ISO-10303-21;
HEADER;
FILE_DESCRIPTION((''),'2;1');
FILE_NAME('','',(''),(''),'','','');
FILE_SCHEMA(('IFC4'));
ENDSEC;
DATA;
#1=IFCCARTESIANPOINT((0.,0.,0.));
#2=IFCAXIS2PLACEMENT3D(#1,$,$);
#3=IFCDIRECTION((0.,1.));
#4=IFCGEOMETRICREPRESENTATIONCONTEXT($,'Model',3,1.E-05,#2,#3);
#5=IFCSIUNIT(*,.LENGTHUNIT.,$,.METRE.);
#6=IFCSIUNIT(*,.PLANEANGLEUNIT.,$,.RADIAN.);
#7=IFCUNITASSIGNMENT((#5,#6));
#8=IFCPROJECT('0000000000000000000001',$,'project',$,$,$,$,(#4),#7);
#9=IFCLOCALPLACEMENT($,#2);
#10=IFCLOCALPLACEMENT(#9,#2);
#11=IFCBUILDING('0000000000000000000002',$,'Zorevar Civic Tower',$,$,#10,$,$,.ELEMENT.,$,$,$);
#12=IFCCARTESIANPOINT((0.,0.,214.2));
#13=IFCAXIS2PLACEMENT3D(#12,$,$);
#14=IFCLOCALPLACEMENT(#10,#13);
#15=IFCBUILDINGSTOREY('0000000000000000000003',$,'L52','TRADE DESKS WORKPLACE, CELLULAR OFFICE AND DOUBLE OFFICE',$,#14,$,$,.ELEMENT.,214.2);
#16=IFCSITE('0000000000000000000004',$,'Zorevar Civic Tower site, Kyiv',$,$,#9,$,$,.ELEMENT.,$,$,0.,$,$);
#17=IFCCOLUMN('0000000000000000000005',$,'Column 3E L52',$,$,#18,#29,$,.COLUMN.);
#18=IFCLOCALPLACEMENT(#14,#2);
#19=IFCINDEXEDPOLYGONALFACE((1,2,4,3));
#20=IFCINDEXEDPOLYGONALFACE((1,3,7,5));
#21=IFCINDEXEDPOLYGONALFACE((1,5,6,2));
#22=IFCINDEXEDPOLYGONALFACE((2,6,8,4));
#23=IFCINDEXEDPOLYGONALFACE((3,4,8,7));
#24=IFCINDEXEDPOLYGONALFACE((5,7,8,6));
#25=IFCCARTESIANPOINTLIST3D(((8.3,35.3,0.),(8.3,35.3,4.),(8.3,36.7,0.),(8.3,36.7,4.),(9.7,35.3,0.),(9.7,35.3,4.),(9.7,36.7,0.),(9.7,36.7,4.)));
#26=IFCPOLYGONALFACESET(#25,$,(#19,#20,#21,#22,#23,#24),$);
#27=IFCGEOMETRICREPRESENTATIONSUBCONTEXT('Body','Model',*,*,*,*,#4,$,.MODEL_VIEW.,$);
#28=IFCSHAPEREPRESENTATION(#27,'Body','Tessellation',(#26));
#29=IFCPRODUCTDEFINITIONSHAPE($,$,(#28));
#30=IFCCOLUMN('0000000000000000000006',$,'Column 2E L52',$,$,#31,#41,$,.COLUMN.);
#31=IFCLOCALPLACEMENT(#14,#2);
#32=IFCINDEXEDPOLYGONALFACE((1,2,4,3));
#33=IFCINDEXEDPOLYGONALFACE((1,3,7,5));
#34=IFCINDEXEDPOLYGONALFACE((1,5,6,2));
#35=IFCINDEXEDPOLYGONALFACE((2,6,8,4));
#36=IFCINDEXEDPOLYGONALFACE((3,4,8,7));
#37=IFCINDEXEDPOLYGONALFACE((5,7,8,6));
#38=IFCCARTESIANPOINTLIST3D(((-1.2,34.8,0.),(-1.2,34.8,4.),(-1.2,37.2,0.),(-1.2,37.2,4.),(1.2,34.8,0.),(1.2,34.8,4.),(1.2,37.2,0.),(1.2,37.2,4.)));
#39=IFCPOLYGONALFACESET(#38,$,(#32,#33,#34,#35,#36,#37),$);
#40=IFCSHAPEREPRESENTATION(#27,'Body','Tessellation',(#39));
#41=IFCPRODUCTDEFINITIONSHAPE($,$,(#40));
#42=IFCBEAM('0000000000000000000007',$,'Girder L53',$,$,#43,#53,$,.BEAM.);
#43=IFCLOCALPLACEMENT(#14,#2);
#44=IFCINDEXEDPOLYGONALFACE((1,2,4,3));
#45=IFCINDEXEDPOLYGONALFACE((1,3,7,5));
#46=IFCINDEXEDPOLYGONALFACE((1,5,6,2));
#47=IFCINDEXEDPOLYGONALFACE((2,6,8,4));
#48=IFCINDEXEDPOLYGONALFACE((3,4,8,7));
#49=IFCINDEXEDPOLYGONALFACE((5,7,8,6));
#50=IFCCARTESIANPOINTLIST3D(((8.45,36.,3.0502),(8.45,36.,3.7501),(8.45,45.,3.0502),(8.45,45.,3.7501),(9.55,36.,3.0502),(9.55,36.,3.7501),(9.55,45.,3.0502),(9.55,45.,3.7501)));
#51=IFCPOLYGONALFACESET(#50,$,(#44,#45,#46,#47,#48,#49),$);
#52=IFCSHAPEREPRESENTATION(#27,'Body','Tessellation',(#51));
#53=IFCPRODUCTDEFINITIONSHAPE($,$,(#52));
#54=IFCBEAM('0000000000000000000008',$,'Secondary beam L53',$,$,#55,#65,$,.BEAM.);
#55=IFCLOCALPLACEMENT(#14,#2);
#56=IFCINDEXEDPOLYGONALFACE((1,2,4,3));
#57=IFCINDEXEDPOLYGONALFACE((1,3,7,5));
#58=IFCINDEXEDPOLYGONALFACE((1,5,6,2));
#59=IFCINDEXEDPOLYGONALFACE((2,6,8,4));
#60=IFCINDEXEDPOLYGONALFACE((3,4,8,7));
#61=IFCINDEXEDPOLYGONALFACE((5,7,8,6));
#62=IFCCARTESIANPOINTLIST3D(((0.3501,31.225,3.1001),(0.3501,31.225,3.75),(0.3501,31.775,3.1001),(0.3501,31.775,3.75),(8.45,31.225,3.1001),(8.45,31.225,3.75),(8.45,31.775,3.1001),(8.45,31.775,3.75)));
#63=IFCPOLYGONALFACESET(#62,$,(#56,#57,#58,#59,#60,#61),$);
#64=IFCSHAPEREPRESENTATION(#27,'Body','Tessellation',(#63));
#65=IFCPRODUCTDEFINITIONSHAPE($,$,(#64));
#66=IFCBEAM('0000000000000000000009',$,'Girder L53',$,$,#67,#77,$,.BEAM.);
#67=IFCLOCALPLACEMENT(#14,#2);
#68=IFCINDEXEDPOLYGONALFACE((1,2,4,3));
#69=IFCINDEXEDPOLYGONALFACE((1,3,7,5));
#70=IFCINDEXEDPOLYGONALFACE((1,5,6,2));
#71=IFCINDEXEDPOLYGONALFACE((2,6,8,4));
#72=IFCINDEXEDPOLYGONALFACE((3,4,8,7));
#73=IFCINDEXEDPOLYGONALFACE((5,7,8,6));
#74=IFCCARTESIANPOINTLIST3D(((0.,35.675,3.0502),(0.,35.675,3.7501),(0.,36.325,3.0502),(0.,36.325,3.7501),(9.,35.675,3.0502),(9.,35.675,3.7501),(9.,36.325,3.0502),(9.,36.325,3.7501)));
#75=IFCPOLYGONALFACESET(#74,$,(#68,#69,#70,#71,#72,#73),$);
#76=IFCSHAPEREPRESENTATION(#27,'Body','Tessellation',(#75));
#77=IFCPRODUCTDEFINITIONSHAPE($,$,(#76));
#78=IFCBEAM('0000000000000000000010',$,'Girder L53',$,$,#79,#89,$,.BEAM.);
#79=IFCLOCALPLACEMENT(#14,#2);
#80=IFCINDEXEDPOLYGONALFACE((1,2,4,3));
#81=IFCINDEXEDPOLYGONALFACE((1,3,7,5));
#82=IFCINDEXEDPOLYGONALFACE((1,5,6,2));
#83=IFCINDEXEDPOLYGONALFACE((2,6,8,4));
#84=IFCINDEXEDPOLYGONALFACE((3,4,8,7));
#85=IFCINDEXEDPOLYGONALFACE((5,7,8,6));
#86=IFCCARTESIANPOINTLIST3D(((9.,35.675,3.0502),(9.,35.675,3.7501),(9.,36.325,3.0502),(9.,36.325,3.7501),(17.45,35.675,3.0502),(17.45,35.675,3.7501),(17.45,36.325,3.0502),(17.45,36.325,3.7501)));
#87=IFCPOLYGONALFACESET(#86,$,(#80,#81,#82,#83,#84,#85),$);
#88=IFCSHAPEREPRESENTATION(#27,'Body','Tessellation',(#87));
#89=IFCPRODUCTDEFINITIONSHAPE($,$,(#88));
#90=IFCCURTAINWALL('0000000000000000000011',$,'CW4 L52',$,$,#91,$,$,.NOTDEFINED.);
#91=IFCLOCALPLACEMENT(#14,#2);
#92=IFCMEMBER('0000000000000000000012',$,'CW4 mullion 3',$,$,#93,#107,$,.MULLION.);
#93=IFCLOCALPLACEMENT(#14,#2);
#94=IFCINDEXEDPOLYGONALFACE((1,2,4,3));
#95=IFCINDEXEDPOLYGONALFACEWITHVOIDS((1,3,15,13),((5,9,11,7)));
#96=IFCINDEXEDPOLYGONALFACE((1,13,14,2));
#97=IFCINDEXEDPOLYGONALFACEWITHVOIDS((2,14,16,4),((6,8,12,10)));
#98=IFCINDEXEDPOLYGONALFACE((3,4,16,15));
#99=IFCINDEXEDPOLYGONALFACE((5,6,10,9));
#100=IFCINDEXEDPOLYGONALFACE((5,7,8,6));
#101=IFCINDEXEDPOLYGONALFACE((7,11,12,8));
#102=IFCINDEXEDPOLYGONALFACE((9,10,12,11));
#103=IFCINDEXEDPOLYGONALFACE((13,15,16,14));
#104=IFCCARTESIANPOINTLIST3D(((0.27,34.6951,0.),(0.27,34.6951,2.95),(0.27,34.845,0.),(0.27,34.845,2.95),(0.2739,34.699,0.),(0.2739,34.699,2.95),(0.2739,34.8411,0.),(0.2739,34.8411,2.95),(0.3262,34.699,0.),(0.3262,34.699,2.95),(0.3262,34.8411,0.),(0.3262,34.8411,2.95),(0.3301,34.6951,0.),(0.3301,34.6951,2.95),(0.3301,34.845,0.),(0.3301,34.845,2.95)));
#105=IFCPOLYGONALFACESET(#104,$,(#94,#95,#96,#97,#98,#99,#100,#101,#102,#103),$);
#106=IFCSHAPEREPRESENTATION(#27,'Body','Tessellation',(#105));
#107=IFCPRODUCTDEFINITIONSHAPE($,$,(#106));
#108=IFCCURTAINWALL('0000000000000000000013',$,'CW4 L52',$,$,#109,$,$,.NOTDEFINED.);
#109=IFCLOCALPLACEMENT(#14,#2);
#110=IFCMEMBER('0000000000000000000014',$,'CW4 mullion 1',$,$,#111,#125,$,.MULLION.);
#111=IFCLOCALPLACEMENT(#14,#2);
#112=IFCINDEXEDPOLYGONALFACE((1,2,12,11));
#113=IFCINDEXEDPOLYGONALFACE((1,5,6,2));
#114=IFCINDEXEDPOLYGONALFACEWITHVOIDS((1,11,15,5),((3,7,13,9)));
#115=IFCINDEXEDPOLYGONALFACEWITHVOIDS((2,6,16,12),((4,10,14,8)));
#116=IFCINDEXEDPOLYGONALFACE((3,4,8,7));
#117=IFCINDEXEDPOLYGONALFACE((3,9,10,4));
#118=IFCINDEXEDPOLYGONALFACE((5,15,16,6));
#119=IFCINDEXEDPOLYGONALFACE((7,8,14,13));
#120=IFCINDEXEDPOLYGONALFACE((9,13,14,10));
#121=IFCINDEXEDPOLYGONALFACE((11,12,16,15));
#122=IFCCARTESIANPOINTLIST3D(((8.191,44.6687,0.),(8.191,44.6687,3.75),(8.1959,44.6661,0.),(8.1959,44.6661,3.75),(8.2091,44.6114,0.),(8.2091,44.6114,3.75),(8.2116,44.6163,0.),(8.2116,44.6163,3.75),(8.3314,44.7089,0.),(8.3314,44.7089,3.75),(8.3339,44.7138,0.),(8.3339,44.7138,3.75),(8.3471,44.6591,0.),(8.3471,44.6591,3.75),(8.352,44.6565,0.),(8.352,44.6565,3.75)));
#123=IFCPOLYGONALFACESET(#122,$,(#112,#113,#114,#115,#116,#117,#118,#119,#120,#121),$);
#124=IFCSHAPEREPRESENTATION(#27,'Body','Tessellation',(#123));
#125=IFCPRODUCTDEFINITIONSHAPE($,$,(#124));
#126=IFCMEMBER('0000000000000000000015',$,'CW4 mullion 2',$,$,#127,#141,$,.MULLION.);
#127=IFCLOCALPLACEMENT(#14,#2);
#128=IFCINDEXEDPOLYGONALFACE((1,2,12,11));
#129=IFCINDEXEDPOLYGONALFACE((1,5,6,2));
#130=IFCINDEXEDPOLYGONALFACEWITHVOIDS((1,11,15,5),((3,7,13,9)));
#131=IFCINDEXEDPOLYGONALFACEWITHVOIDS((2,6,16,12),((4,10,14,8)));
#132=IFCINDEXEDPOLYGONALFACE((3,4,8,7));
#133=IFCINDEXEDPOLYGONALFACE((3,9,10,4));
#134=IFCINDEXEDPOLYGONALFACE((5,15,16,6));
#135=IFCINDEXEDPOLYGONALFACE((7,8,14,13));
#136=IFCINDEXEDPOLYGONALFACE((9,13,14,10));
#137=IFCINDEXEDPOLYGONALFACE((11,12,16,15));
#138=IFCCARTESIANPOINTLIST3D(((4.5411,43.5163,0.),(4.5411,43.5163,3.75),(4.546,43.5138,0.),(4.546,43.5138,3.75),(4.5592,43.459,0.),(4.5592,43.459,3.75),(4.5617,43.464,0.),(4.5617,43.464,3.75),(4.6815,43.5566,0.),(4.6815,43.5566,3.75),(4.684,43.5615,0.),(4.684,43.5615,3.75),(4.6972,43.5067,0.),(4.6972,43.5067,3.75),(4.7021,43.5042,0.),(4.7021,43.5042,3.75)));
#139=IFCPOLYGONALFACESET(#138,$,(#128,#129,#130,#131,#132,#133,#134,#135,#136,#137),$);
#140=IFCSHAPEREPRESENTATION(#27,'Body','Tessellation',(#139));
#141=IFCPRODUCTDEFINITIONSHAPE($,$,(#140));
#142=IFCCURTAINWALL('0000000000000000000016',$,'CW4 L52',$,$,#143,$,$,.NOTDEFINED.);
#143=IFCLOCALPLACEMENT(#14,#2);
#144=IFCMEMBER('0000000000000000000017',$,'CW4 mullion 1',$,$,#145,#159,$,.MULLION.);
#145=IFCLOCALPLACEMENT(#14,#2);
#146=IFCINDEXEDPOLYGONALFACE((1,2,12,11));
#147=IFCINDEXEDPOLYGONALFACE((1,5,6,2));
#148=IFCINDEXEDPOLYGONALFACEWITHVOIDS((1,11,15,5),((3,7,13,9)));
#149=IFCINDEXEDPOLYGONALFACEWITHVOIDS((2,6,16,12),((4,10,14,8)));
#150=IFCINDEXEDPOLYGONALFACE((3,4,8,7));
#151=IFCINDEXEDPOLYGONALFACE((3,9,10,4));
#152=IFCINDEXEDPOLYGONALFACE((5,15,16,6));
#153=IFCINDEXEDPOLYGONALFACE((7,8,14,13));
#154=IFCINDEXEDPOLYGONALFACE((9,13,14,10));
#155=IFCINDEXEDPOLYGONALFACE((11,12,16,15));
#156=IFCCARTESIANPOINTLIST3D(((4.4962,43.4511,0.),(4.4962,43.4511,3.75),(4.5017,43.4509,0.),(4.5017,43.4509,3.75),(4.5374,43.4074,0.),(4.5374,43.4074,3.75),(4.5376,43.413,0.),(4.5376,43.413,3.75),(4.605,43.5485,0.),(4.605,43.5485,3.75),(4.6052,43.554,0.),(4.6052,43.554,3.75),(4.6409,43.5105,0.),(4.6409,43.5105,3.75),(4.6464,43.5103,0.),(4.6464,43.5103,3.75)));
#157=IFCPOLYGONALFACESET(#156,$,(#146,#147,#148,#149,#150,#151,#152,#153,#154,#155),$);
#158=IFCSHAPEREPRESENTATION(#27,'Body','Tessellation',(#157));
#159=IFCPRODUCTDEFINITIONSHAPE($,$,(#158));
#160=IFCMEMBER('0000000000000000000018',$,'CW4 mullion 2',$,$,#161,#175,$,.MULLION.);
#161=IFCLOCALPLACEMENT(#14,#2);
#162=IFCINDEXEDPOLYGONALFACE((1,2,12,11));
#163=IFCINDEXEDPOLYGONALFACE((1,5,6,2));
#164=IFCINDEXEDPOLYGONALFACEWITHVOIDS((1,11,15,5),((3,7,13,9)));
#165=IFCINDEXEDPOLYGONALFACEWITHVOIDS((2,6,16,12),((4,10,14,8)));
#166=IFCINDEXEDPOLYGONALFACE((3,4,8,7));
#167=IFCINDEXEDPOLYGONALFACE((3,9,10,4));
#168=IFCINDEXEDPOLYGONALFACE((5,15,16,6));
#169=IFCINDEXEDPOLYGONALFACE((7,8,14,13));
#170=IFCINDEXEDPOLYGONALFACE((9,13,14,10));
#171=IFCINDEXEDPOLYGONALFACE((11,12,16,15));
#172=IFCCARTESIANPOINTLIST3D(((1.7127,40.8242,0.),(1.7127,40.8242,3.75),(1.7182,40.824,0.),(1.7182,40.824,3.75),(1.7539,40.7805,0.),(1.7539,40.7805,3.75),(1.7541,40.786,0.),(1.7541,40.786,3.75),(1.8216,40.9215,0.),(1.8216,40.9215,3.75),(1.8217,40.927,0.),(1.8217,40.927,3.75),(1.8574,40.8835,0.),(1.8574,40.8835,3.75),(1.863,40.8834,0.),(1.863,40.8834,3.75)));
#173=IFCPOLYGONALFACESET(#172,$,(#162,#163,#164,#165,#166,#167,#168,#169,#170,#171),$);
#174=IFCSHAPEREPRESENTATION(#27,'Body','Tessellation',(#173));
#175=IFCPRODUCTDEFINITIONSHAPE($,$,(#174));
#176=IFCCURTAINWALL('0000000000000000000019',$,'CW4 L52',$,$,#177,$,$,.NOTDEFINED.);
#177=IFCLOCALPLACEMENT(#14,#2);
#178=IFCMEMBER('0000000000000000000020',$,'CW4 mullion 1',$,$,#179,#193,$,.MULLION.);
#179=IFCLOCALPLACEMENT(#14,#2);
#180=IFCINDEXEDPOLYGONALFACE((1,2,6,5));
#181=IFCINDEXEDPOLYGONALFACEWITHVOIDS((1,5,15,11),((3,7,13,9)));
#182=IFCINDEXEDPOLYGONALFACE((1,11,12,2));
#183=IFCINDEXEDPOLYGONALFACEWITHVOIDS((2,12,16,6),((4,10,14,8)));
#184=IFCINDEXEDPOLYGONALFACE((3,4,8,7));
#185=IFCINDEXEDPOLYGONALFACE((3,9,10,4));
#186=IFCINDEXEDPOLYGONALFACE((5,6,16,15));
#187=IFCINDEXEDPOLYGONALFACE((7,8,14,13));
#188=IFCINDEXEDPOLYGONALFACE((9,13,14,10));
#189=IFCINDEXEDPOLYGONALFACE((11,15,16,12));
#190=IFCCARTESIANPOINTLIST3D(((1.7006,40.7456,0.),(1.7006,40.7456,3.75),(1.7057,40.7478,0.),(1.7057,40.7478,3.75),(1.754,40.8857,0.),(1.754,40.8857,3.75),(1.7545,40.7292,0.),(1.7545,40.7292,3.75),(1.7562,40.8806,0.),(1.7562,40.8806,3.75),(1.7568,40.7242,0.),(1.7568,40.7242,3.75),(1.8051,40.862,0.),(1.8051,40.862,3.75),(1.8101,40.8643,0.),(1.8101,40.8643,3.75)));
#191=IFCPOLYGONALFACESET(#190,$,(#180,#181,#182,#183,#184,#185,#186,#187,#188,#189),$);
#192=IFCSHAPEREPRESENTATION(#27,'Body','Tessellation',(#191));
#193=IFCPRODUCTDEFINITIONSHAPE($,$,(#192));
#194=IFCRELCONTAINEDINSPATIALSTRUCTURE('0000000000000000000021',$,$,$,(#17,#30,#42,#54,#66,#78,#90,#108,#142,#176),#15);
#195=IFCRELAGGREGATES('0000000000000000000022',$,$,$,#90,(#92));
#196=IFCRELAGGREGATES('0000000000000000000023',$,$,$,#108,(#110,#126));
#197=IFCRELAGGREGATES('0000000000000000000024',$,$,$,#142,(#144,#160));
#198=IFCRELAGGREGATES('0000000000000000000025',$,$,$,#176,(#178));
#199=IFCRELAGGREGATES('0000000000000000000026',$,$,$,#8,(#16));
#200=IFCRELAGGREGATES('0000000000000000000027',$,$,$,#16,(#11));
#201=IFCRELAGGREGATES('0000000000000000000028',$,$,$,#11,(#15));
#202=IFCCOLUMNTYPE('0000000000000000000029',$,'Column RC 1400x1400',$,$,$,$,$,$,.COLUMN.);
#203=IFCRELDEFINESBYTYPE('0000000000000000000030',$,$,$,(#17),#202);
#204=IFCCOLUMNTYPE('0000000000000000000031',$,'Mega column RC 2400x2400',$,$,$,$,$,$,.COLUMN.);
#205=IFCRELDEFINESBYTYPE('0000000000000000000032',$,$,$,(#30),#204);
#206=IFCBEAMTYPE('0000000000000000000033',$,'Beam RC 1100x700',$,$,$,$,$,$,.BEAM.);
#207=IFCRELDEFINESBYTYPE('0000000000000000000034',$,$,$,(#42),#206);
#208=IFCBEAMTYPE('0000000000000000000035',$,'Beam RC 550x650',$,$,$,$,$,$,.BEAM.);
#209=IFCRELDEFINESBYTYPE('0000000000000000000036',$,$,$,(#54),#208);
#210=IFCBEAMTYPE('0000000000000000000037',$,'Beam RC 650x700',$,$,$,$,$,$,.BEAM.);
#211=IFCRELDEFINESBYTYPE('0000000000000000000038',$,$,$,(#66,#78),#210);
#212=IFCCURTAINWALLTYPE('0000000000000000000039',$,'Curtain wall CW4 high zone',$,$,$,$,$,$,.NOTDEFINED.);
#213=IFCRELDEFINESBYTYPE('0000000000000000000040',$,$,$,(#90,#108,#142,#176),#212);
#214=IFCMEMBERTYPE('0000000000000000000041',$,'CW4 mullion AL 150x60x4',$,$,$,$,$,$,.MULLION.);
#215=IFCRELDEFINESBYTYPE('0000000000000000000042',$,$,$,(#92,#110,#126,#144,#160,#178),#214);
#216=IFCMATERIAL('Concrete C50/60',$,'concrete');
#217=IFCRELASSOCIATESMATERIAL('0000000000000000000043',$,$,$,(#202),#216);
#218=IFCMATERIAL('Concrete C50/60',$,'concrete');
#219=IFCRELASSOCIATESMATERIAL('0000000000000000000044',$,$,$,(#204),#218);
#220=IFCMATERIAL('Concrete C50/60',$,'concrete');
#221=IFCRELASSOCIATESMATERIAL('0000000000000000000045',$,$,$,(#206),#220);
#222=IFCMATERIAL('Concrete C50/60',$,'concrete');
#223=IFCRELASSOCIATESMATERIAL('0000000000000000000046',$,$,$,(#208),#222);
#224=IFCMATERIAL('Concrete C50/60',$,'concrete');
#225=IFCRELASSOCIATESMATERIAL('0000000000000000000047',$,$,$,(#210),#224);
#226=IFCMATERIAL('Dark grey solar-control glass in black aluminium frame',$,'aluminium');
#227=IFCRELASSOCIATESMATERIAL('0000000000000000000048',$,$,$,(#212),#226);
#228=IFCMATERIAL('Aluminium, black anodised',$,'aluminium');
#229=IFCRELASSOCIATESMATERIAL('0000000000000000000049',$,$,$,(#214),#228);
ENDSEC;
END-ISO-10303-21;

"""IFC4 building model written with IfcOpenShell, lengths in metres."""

from ifc_helpers import new_model, si_unit, direction, frame, origin, origin_2d, place, context, subcontext, project, spatial, rectangle, hollow_rectangle, extrude, material, material_profile, profile_set, type_object, element, aggregate, save


model = new_model("IFC4")

# Units and contexts
model_context = context("Model", 3, precision=1e-05, world=origin(), true_north=direction((0.0, 1.0)))
body_context = subcontext(model_context, "Body", "Model", "MODEL_VIEW")
ifc_project = project(units=[si_unit("LENGTHUNIT", "METRE"), si_unit("PLANEANGLEUNIT", "RADIAN")], contexts=[model_context])

# Site, building, storey
site_placement = place(None, origin())
site = spatial("IfcSite", under=ifc_project, at=site_placement, Name="Zorevar Civic Tower site, Kyiv", CompositionType="ELEMENT", RefElevation=0.0)
building_placement = place(site_placement, origin())
building = spatial("IfcBuilding", under=site, at=building_placement, Name="Zorevar Civic Tower", CompositionType="ELEMENT")
storey_placement = place(building_placement, frame((0.0, 0.0, 214.2)))
storey = spatial("IfcBuildingStorey", under=building, at=storey_placement, Name="L52", Description="TRADE DESKS WORKPLACE, CELLULAR OFFICE AND DOUBLE OFFICE", CompositionType="ELEMENT", Elevation=214.2)

# Columns
ifc_material_1 = material(Name="Concrete C50/60", Category="concrete")
ifc_material_profile_1 = material_profile(ifc_material_1, rectangle(XDim=1.3999, YDim=1.3999, at=origin_2d()), Name="RC 1400x1400")
ifc_profile_set_1 = profile_set([ifc_material_profile_1], Name="Concrete C50/60")
column_type_1 = type_object("IfcColumnType", Name="Column RC 1400x1400", PredefinedType="COLUMN", material=ifc_profile_set_1)
column_1_placement = place(storey_placement, frame((9.0, 36.0, 0.0), z_axis=(0.0, 0.0, 1.0), x_axis=(1.0, 0.0, 0.0)))
element("IfcColumn", 1, at=column_1_placement, inside=storey, type_object=column_type_1, Name="Column 3E L52", PredefinedType="COLUMN", context=body_context, shape_type="SweptSolid", body=[
    extrude(rectangle(XDim=1.3999, YDim=1.3999, at=origin_2d()), origin(), (0.0, 0.0, 1.0), 4.0),
])
ifc_material_2 = material(Name="Concrete C50/60", Category="concrete")
ifc_material_profile_2 = material_profile(ifc_material_2, rectangle(XDim=2.3999, YDim=2.3999, at=origin_2d()), Name="RC 2400x2400")
ifc_profile_set_2 = profile_set([ifc_material_profile_2], Name="Concrete C50/60")
column_type_2 = type_object("IfcColumnType", Name="Mega column RC 2400x2400", PredefinedType="COLUMN", material=ifc_profile_set_2)
column_2_placement = place(storey_placement, frame((0.0, 36.0, 0.0), z_axis=(0.0, 0.0, 1.0), x_axis=(1.0, 0.0, 0.0)))
element("IfcColumn", 2, at=column_2_placement, inside=storey, type_object=column_type_2, Name="Column 2E L52", PredefinedType="COLUMN", context=body_context, shape_type="SweptSolid", body=[
    extrude(rectangle(XDim=2.3999, YDim=2.3999, at=origin_2d()), origin(), (0.0, 0.0, 1.0), 4.0),
])

# Beams
ifc_material_3 = material(Name="Concrete C50/60", Category="concrete")
ifc_material_profile_3 = material_profile(ifc_material_3, rectangle(XDim=1.1001, YDim=0.7, at=origin_2d()), Name="RC 1100x700")
ifc_profile_set_3 = profile_set([ifc_material_profile_3], Name="Concrete C50/60")
beam_type_1 = type_object("IfcBeamType", Name="Beam RC 1100x700", PredefinedType="BEAM", material=ifc_profile_set_3)
beam_1_placement = place(storey_placement, frame((9.0, 36.0, 3.4001), z_axis=(0.0, 1.0, 0.0), x_axis=(-1.0, 0.0, 0.0)))
element("IfcBeam", 3, at=beam_1_placement, inside=storey, type_object=beam_type_1, Name="Girder L53", PredefinedType="BEAM", context=body_context, shape_type="SweptSolid", body=[
    extrude(rectangle(XDim=1.1001, YDim=0.7, at=origin_2d()), origin(), (0.0, 0.0, 1.0), 9.0),
])
ifc_material_4 = material(Name="Concrete C50/60", Category="concrete")
ifc_material_profile_4 = material_profile(ifc_material_4, rectangle(XDim=0.55, YDim=0.6499, at=origin_2d()), Name="RC 550x650")
ifc_profile_set_4 = profile_set([ifc_material_profile_4], Name="Concrete C50/60")
beam_type_2 = type_object("IfcBeamType", Name="Beam RC 550x650", PredefinedType="BEAM", material=ifc_profile_set_4)
beam_2_placement = place(storey_placement, frame((0.3501, 31.5, 3.425), z_axis=(1.0, 0.0, 0.0), x_axis=(0.0, 1.0, 0.0)))
element("IfcBeam", 4, at=beam_2_placement, inside=storey, type_object=beam_type_2, Name="Secondary beam L53", PredefinedType="BEAM", context=body_context, shape_type="SweptSolid", body=[
    extrude(rectangle(XDim=0.55, YDim=0.6499, at=origin_2d()), origin(), (0.0, 0.0, 1.0), 8.0999),
])
ifc_material_5 = material(Name="Concrete C50/60", Category="concrete")
ifc_material_profile_5 = material_profile(ifc_material_5, rectangle(XDim=0.6499, YDim=0.7, at=origin_2d()), Name="RC 650x700")
ifc_profile_set_5 = profile_set([ifc_material_profile_5], Name="Concrete C50/60")
beam_type_3 = type_object("IfcBeamType", Name="Beam RC 650x700", PredefinedType="BEAM", material=ifc_profile_set_5)
beam_3_placement = place(storey_placement, frame((0.0, 36.0, 3.4001), z_axis=(1.0, 0.0, 0.0), x_axis=(0.0, 1.0, 0.0)))
element("IfcBeam", 5, at=beam_3_placement, inside=storey, type_object=beam_type_3, Name="Girder L53", PredefinedType="BEAM", context=body_context, shape_type="SweptSolid", body=[
    extrude(rectangle(XDim=0.6499, YDim=0.7, at=origin_2d()), origin(), (0.0, 0.0, 1.0), 9.0),
])
beam_4_placement = place(storey_placement, frame((9.0, 36.0, 3.4001), z_axis=(1.0, 0.0, 0.0), x_axis=(0.0, 1.0, 0.0)))
element("IfcBeam", 6, at=beam_4_placement, inside=storey, type_object=beam_type_3, Name="Girder L53", PredefinedType="BEAM", context=body_context, shape_type="SweptSolid", body=[
    extrude(rectangle(XDim=0.6499, YDim=0.7, at=origin_2d()), origin(), (0.0, 0.0, 1.0), 8.45),
])

# Curtain wall, member
ifc_material_6 = material(Name="Dark grey solar-control glass in black aluminium frame", Category="aluminium")
curtain_wall_type = type_object("IfcCurtainWallType", Name="Curtain wall CW4 high zone", PredefinedType="NOTDEFINED", material=ifc_material_6)
curtain_wall_1_placement = place(storey_placement, origin())
curtain_wall_1 = element("IfcCurtainWall", 7, at=curtain_wall_1_placement, inside=storey, type_object=curtain_wall_type, Name="CW4 L52", PredefinedType="NOTDEFINED")
ifc_material_7 = material(Name="Aluminium, black anodised", Category="aluminium")
ifc_material_profile_6 = material_profile(ifc_material_7, hollow_rectangle(XDim=0.0601, YDim=0.1499, WallThickness=0.0039, at=origin_2d()), Name="AL 150x60x4")
ifc_profile_set_6 = profile_set([ifc_material_profile_6], Name="Aluminium, black anodised")
member_type_1 = type_object("IfcMemberType", Name="CW4 mullion AL 150x60x4", PredefinedType="MULLION", material=ifc_profile_set_6)
member_1_placement = place(storey_placement, frame((0.3, 34.77, 0.0), z_axis=(0.0, 0.0, 1.0), x_axis=(-1.0, 0.0, 0.0)))
member_1 = element("IfcMember", 8, at=member_1_placement, type_object=member_type_1, Name="CW4 mullion 3", PredefinedType="MULLION", context=body_context, shape_type="SweptSolid", body=[
    extrude(hollow_rectangle(XDim=0.0601, YDim=0.1499, WallThickness=0.0039, at=origin_2d()), origin(), (0.0, 0.0, 1.0), 2.95),
])

# Curtain walls, members
curtain_wall_2_placement = place(storey_placement, origin())
curtain_wall_2 = element("IfcCurtainWall", 9, at=curtain_wall_2_placement, inside=storey, type_object=curtain_wall_type, Name="CW4 L52", PredefinedType="NOTDEFINED")
member_2_placement = place(storey_placement, frame((8.2715, 44.6626, 0.0), z_axis=(0.0, 0.0, 1.0), x_axis=(0.301108, -0.95359, 0.0)))
member_2 = element("IfcMember", 10, at=member_2_placement, type_object=member_type_1, Name="CW4 mullion 1", PredefinedType="MULLION", context=body_context, shape_type="SweptSolid", body=[
    extrude(hollow_rectangle(XDim=0.0601, YDim=0.1499, WallThickness=0.0039, at=origin_2d()), origin(), (0.0, 0.0, 1.0), 3.75),
])
member_3_placement = place(storey_placement, frame((4.6216, 43.5103, 0.0), z_axis=(0.0, 0.0, 1.0), x_axis=(0.301108, -0.95359, 0.0)))
member_3 = element("IfcMember", 11, at=member_3_placement, type_object=member_type_1, Name="CW4 mullion 2", PredefinedType="MULLION", context=body_context, shape_type="SweptSolid", body=[
    extrude(hollow_rectangle(XDim=0.0601, YDim=0.1499, WallThickness=0.0039, at=origin_2d()), origin(), (0.0, 0.0, 1.0), 3.75),
])
curtain_wall_3_placement = place(storey_placement, origin())
curtain_wall_3 = element("IfcCurtainWall", 12, at=curtain_wall_3_placement, inside=storey, type_object=curtain_wall_type, Name="CW4 L52", PredefinedType="NOTDEFINED")
member_4_placement = place(storey_placement, frame((4.5713, 43.4807, 0.0), z_axis=(0.0, 0.0, 1.0), x_axis=(0.686378, -0.727245, 0.0)))
member_4 = element("IfcMember", 13, at=member_4_placement, type_object=member_type_1, Name="CW4 mullion 1", PredefinedType="MULLION", context=body_context, shape_type="SweptSolid", body=[
    extrude(hollow_rectangle(XDim=0.0601, YDim=0.1499, WallThickness=0.0039, at=origin_2d()), origin(), (0.0, 0.0, 1.0), 3.75),
])
member_5_placement = place(storey_placement, frame((1.7878, 40.8538, 0.0), z_axis=(0.0, 0.0, 1.0), x_axis=(0.686378, -0.727245, 0.0)))
member_5 = element("IfcMember", 14, at=member_5_placement, type_object=member_type_1, Name="CW4 mullion 2", PredefinedType="MULLION", context=body_context, shape_type="SweptSolid", body=[
    extrude(hollow_rectangle(XDim=0.0601, YDim=0.1499, WallThickness=0.0039, at=origin_2d()), origin(), (0.0, 0.0, 1.0), 3.75),
])
curtain_wall_4_placement = place(storey_placement, origin())
curtain_wall_4 = element("IfcCurtainWall", 15, at=curtain_wall_4_placement, inside=storey, type_object=curtain_wall_type, Name="CW4 L52", PredefinedType="NOTDEFINED")
member_6_placement = place(storey_placement, frame((1.7554, 40.8049, 0.0), z_axis=(0.0, 0.0, 1.0), x_axis=(0.934588, -0.355731, 0.0)))
member_6 = element("IfcMember", 16, at=member_6_placement, type_object=member_type_1, Name="CW4 mullion 1", PredefinedType="MULLION", context=body_context, shape_type="SweptSolid", body=[
    extrude(hollow_rectangle(XDim=0.0601, YDim=0.1499, WallThickness=0.0039, at=origin_2d()), origin(), (0.0, 0.0, 1.0), 3.75),
])

aggregate(curtain_wall_1, [member_1])
aggregate(curtain_wall_2, [member_2, member_3])
aggregate(curtain_wall_3, [member_4, member_5])
aggregate(curtain_wall_4, [member_6])

save(model, "model.ifc")
